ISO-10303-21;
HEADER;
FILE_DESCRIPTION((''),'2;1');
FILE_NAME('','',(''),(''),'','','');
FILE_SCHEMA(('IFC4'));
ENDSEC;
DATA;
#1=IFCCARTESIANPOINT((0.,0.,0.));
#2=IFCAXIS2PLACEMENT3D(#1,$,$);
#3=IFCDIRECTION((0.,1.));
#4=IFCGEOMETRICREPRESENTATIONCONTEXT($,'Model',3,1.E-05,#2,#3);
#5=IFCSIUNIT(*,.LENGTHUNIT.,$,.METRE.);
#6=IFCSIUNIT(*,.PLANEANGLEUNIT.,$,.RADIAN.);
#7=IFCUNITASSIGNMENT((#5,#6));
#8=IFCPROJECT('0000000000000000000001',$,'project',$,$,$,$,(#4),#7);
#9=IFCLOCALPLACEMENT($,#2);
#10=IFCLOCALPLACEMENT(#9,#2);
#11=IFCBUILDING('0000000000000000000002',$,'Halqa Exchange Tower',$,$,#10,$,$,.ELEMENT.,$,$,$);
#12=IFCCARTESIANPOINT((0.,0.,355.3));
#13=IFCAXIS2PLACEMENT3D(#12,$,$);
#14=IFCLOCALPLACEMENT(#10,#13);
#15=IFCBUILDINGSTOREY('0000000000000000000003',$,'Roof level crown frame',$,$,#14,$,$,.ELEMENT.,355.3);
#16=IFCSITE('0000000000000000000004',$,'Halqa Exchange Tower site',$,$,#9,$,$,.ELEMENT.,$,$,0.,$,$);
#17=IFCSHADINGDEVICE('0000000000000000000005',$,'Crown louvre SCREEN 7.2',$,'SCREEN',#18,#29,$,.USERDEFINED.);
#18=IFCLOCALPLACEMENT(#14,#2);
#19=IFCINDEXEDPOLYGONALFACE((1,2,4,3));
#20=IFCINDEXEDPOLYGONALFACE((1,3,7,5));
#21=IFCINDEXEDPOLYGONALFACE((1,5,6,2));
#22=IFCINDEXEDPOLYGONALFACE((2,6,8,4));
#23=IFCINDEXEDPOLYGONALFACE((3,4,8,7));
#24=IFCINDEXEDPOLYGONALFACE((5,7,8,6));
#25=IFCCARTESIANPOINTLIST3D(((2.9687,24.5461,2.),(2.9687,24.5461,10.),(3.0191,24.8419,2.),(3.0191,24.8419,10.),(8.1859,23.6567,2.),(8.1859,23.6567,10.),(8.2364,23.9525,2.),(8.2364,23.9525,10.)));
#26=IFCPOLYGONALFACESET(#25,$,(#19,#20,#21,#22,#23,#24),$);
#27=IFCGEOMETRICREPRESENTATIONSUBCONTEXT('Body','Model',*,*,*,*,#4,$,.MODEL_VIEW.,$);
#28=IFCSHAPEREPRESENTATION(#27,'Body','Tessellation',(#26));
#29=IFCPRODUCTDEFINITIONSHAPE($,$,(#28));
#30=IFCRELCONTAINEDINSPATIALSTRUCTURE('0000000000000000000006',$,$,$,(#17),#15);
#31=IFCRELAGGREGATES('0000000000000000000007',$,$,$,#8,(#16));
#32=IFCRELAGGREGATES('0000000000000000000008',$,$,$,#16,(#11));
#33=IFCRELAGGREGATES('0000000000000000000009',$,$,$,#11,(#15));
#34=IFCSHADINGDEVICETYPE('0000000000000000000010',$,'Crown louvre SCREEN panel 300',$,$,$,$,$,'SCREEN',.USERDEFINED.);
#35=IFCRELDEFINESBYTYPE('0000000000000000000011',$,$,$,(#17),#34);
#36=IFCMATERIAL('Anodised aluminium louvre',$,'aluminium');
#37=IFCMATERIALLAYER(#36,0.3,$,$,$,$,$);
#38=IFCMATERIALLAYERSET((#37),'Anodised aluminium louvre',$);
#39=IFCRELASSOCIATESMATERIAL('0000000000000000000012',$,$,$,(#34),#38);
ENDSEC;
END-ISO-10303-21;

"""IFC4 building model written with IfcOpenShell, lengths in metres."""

from ifc_helpers import new_model, si_unit, direction, frame, origin, origin_2d, place, context, subcontext, project, spatial, rectangle, extrude, material, layer, layer_set, type_object, element, save


model = new_model("IFC4")

# Units and contexts
model_context = context("Model", 3, precision=1e-05, world=origin(), true_north=direction((0.0, 1.0)))
body_context = subcontext(model_context, "Body", "Model", "MODEL_VIEW")
ifc_project = project(units=[si_unit("LENGTHUNIT", "METRE"), si_unit("PLANEANGLEUNIT", "RADIAN")], contexts=[model_context])

# Site, building, storey
site_placement = place(None, origin())
site = spatial("IfcSite", under=ifc_project, at=site_placement, Name="Halqa Exchange Tower site", CompositionType="ELEMENT", RefElevation=0.0)
building_placement = place(site_placement, origin())
building = spatial("IfcBuilding", under=site, at=building_placement, Name="Halqa Exchange Tower", CompositionType="ELEMENT")
storey_placement = place(building_placement, frame((0.0, 0.0, 355.3)))
storey = spatial("IfcBuildingStorey", under=building, at=storey_placement, Name="Roof level crown frame", CompositionType="ELEMENT", Elevation=355.3)

# Shading device
ifc_material_1 = material(Name="Anodised aluminium louvre", Category="aluminium")
ifc_layer_1 = layer(ifc_material_1, 0.3)
ifc_layer_set_1 = layer_set([ifc_layer_1], Name="Anodised aluminium louvre")
shading_device_type = type_object("IfcShadingDeviceType", Name="Crown louvre SCREEN panel 300", ElementType="SCREEN", PredefinedType="USERDEFINED", material=ifc_layer_set_1)
shading_device_1_placement = place(storey_placement, frame((5.6025, 24.2493, 2.0), z_axis=(0.0, 0.0, 1.0), x_axis=(-0.985778, 0.168051, 0.0)))
element("IfcShadingDevice", 1, at=shading_device_1_placement, inside=storey, type_object=shading_device_type, Name="Crown louvre SCREEN 7.2", ObjectType="SCREEN", PredefinedType="USERDEFINED", context=body_context, shape_type="SweptSolid", body=[
    extrude(rectangle(XDim=5.2925, YDim=0.3, at=origin_2d()), origin(), (0.0, 0.0, 1.0), 8.0),
])

save(model, "model.ifc")
